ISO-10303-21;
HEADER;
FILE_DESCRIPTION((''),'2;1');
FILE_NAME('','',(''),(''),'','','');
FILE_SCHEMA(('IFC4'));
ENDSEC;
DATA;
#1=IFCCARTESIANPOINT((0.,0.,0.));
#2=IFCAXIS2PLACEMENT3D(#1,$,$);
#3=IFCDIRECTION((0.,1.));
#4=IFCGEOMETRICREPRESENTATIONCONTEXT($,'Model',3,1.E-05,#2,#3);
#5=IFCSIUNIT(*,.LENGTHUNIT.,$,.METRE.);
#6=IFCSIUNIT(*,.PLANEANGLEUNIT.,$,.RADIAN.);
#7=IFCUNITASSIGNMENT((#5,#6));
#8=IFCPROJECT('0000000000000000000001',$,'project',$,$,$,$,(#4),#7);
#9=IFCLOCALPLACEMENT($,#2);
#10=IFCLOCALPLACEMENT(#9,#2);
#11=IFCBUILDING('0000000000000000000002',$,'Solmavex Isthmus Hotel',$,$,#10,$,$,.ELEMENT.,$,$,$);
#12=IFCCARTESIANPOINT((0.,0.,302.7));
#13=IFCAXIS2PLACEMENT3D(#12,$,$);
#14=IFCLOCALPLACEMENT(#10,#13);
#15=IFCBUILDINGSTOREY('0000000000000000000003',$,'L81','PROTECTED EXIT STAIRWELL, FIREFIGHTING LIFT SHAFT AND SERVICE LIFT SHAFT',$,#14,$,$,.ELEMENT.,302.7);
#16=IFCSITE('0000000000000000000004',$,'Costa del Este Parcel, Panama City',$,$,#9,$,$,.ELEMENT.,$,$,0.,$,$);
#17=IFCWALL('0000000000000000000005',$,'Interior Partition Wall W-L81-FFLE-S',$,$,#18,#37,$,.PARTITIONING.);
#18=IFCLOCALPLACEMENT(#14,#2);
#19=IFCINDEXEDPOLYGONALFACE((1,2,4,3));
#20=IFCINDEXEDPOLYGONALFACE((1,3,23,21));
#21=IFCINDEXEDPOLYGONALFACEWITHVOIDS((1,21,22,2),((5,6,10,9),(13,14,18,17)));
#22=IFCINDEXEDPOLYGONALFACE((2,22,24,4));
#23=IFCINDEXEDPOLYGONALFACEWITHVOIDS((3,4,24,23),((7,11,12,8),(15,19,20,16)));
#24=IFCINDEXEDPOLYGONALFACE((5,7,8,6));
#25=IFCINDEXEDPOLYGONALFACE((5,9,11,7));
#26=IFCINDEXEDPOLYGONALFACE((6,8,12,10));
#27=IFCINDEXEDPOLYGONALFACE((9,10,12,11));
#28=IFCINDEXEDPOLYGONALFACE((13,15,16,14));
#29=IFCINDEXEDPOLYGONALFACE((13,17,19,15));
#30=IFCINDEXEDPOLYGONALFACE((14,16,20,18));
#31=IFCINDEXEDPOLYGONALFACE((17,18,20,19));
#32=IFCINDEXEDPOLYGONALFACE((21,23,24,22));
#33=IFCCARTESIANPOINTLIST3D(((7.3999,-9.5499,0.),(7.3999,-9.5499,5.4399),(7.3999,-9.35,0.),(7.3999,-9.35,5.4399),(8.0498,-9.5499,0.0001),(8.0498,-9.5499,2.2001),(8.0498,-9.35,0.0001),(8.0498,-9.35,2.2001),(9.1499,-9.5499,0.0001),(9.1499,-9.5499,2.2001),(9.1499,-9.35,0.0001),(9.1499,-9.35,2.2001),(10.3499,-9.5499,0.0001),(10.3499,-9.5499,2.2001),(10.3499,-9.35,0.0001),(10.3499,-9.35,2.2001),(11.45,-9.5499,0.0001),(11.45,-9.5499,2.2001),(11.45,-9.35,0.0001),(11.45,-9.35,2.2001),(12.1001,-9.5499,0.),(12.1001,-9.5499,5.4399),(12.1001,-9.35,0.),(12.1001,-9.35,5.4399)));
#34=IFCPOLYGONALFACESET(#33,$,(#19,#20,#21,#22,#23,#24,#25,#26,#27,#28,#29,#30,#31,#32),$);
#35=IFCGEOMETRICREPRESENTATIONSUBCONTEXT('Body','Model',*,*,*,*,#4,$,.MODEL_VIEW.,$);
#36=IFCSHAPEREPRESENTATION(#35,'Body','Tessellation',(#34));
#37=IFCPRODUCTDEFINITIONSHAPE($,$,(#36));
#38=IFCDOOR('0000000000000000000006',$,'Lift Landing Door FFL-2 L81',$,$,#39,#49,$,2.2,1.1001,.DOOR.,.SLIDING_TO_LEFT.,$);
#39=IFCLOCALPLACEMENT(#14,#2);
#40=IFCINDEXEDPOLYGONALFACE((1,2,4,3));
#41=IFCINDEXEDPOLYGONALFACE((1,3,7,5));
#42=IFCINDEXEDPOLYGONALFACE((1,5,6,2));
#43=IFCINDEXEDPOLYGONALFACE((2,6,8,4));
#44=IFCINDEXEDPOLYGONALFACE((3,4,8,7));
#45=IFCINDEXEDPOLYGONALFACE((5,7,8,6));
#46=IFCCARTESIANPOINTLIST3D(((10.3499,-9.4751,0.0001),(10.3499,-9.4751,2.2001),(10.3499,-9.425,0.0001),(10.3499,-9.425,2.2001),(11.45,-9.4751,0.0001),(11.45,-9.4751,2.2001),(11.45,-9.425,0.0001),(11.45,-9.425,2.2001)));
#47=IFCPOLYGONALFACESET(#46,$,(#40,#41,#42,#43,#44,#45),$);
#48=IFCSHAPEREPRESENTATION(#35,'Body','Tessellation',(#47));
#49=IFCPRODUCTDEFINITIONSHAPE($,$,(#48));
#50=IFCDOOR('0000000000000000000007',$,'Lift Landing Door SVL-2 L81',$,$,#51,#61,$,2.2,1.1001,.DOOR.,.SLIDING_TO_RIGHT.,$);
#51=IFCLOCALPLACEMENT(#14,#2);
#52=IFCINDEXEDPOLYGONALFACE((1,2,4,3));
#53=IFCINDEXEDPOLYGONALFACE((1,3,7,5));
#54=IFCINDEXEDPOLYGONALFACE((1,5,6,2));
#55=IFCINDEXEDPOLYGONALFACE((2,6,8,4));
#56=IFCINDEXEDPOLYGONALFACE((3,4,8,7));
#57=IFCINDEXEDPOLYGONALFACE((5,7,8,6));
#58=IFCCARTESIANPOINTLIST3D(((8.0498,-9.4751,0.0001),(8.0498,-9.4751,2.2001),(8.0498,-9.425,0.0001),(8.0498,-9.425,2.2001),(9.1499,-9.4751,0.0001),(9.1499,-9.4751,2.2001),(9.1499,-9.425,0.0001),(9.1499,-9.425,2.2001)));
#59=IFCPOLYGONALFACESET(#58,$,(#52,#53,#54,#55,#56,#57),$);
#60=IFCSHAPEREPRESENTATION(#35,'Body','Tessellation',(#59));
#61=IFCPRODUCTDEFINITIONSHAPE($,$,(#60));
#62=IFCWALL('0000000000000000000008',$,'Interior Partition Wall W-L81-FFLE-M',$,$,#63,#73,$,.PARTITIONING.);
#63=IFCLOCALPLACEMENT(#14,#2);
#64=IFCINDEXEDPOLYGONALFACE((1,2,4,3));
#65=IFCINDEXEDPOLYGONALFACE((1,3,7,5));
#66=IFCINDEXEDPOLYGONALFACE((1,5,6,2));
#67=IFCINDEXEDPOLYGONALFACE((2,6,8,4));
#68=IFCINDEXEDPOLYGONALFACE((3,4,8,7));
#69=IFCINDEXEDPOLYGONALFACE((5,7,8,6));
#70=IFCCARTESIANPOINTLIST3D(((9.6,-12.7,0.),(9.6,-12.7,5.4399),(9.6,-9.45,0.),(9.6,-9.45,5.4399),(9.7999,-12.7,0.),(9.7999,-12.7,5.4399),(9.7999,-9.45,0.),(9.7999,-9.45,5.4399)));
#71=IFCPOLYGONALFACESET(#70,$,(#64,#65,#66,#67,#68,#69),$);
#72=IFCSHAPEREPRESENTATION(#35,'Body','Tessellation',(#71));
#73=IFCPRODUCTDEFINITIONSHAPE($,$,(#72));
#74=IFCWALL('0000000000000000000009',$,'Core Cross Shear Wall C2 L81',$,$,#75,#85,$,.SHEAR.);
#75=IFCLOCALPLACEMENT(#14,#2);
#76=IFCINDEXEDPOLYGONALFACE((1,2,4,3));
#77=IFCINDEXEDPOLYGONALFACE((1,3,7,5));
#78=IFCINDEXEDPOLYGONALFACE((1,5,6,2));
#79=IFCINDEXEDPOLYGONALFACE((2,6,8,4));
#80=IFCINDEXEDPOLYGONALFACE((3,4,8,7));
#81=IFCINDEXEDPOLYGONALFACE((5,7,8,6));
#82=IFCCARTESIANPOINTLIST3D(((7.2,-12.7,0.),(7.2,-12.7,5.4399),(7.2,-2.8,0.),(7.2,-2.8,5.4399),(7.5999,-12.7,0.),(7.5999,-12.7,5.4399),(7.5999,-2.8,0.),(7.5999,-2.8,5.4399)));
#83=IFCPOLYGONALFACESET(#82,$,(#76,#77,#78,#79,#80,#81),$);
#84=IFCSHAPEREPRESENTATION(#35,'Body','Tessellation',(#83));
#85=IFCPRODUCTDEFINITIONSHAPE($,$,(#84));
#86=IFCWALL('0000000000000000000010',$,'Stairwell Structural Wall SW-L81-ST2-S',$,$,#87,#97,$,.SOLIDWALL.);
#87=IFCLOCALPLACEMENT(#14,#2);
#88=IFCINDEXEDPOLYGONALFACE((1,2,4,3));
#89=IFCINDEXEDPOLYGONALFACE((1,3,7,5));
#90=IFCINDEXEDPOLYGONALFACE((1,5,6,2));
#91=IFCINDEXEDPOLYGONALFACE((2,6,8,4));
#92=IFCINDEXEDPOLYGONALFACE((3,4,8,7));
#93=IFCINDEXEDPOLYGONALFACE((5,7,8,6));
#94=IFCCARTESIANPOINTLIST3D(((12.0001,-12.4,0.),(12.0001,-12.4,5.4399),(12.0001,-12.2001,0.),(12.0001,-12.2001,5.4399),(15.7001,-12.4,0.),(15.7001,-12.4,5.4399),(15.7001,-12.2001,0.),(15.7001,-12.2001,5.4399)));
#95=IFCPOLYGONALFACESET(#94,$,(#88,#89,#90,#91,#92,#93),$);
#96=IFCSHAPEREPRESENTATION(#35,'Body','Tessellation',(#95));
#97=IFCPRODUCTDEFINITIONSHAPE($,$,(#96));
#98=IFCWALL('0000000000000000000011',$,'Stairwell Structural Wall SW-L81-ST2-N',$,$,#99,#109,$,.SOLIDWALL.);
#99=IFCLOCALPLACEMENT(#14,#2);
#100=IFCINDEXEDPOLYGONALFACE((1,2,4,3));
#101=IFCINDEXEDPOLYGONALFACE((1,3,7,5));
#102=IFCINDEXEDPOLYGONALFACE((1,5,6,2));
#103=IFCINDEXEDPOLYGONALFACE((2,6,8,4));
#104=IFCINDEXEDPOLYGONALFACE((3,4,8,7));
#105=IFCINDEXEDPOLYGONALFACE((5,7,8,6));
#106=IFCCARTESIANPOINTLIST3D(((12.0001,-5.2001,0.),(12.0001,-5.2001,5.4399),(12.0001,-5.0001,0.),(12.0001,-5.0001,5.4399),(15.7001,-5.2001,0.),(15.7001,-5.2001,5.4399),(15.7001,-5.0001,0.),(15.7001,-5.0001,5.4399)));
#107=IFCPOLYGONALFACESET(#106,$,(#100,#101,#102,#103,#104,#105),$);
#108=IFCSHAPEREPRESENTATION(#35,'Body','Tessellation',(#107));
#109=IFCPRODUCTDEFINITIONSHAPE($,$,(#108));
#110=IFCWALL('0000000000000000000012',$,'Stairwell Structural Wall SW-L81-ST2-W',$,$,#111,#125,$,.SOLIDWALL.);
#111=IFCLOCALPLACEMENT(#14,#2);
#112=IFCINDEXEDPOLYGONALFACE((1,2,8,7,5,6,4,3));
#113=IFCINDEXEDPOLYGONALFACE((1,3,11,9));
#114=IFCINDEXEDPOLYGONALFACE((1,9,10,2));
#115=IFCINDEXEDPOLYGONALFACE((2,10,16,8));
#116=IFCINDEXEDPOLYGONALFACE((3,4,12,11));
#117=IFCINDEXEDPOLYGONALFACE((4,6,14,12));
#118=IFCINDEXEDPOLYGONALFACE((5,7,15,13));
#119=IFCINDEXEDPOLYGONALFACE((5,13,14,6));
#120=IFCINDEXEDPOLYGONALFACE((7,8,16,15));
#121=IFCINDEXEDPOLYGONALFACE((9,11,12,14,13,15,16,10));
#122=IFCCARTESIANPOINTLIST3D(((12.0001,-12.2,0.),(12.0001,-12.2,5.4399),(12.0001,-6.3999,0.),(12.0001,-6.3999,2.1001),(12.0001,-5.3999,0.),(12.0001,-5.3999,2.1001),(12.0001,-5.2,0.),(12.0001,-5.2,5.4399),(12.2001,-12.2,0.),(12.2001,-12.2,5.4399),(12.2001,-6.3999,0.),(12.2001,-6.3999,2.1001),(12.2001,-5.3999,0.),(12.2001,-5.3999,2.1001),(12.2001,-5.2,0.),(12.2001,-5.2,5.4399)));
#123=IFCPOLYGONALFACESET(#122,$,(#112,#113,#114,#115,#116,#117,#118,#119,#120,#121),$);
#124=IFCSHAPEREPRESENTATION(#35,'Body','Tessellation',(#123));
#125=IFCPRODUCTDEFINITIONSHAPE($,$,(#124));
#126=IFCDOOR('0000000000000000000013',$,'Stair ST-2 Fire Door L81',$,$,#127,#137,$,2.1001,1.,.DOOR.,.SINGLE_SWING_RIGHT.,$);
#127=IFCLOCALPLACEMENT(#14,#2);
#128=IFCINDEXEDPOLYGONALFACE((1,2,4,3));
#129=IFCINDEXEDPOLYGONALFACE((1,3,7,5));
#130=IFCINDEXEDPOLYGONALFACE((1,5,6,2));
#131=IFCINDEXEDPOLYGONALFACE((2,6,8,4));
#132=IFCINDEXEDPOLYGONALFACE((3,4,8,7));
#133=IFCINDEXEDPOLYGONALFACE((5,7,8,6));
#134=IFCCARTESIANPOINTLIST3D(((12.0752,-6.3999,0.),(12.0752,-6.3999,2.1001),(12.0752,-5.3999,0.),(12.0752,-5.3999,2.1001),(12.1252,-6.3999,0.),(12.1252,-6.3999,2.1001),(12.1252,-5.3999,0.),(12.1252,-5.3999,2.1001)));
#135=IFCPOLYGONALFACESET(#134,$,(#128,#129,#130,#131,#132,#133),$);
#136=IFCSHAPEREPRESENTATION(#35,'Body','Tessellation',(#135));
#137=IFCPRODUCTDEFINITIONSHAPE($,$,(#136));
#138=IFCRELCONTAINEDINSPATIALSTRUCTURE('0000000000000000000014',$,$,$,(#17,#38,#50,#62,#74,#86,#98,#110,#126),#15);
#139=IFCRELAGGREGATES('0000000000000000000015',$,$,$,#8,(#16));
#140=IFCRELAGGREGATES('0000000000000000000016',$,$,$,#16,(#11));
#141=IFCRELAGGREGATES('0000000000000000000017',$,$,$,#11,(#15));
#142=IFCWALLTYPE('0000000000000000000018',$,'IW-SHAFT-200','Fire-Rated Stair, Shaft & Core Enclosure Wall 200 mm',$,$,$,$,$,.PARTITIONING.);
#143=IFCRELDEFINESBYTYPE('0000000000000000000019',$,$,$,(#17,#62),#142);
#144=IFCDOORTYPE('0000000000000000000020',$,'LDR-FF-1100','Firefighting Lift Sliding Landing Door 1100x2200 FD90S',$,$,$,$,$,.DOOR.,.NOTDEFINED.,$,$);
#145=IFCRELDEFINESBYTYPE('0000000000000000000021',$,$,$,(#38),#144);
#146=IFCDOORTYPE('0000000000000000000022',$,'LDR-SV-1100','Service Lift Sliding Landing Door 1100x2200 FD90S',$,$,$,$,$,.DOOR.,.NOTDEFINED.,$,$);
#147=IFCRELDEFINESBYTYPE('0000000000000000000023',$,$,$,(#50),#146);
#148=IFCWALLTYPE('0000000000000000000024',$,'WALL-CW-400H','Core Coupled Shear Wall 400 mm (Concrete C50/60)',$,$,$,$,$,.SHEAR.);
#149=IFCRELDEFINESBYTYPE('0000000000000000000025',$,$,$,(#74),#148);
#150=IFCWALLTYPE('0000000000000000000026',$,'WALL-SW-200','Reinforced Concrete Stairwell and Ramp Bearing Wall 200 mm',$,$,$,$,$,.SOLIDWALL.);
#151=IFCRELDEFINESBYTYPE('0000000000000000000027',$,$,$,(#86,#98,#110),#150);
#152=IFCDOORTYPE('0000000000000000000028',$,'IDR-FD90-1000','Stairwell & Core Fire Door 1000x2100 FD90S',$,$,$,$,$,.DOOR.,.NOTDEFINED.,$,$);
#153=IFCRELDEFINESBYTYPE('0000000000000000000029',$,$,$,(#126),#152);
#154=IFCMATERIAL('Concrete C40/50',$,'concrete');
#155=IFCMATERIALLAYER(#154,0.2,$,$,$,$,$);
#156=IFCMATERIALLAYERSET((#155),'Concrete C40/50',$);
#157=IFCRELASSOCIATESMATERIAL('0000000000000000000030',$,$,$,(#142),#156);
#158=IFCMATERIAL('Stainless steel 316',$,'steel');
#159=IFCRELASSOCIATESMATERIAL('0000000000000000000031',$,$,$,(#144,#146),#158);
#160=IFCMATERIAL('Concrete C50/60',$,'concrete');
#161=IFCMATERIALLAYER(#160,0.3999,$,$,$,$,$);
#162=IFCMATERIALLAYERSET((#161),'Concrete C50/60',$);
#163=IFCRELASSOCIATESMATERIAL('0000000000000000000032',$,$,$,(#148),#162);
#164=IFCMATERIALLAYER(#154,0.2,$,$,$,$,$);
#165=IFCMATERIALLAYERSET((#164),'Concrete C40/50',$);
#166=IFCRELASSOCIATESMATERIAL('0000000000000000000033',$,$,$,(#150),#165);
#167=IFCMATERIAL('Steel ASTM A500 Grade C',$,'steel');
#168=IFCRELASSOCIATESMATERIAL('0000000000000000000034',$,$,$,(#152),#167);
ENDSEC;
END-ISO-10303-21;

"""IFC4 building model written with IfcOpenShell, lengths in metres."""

from ifc_helpers import new_model, si_unit, direction, frame, frame_2d, origin, place, context, subcontext, project, spatial, rectangle, extrude, material, layer, layer_set, type_object, element, fill, save


model = new_model("IFC4")

# Units and contexts
model_context = context("Model", 3, precision=1e-05, world=origin(), true_north=direction((0.0, 1.0)))
body_context = subcontext(model_context, "Body", "Model", "MODEL_VIEW")
ifc_project = project(units=[si_unit("LENGTHUNIT", "METRE"), si_unit("PLANEANGLEUNIT", "RADIAN")], contexts=[model_context])

# Site, building, storey
site_placement = place(None, origin())
site = spatial("IfcSite", under=ifc_project, at=site_placement, Name="Costa del Este Parcel, Panama City", CompositionType="ELEMENT", RefElevation=0.0)
building_placement = place(site_placement, origin())
building = spatial("IfcBuilding", under=site, at=building_placement, Name="Solmavex Isthmus Hotel", CompositionType="ELEMENT")
storey_placement = place(building_placement, frame((0.0, 0.0, 302.7)))
storey = spatial("IfcBuildingStorey", under=building, at=storey_placement, Name="L81", Description="PROTECTED EXIT STAIRWELL, FIREFIGHTING LIFT SHAFT AND SERVICE LIFT SHAFT", CompositionType="ELEMENT", Elevation=302.7)

# Shared definitions
ifc_material_1 = material(Name="Concrete C50/60", Category="concrete")

# Shared definitions
ifc_material_2 = material(Name="Steel ASTM A500 Grade C", Category="steel")

# Shared definitions
ifc_material_3 = material(Name="Concrete C40/50", Category="concrete")
ifc_layer_1 = layer(ifc_material_3, 0.2)
ifc_layer_set_1 = layer_set([ifc_layer_1], Name="Concrete C40/50")
wall_type_1 = type_object("IfcWallType", Name="IW-SHAFT-200", Description="Fire-Rated Stair, Shaft & Core Enclosure Wall 200 mm", PredefinedType="PARTITIONING", material=ifc_layer_set_1)

# Wall, openings, doors
wall_1_placement = place(storey_placement, frame((7.3999, -9.45, 0.0), z_axis=(0.0, 0.0, 1.0), x_axis=(1.0, 0.0, 0.0)))
wall_1 = element("IfcWall", 1, at=wall_1_placement, inside=storey, type_object=wall_type_1, Name="Interior Partition Wall W-L81-FFLE-S", PredefinedType="PARTITIONING", context=body_context, shape_type="SweptSolid", body=[
    extrude(rectangle(XDim=4.7002, YDim=0.2, at=frame_2d((2.3501, 0.0))), origin(), (0.0, 0.0, 1.0), 5.4399),
])
opening_1_placement = place(wall_1_placement, frame((2.95, 0.0, 0.0)))
opening_1 = element("IfcOpeningElement", 2, at=opening_1_placement, cuts=wall_1, PredefinedType="OPENING", context=body_context, shape_type="SweptSolid", body=[
    extrude(rectangle(XDim=1.1001, YDim=2.2, at=frame_2d((0.55, 1.1001))), frame((0.0, 0.1099, 0.0), z_axis=(0.0, -1.0, 0.0), x_axis=(1.0, 0.0, 0.0)), (0.0, 0.0, 1.0), 0.22),
])
opening_2_placement = place(wall_1_placement, frame((0.6499, 0.0, 0.0)))
opening_2 = element("IfcOpeningElement", 3, at=opening_2_placement, cuts=wall_1, PredefinedType="OPENING", context=body_context, shape_type="SweptSolid", body=[
    extrude(rectangle(XDim=1.1001, YDim=2.2, at=frame_2d((0.55, 1.1001))), frame((0.0, 0.1099, 0.0), z_axis=(0.0, -1.0, 0.0), x_axis=(1.0, 0.0, 0.0)), (0.0, 0.0, 1.0), 0.22),
])
ifc_material_4 = material(Name="Stainless steel 316", Category="steel")
door_type_1 = type_object("IfcDoorType", Name="LDR-FF-1100", Description="Firefighting Lift Sliding Landing Door 1100x2200 FD90S", OperationType="NOTDEFINED", PredefinedType="DOOR", material=ifc_material_4)
door_1_placement = place(opening_1_placement, origin())
door_1 = element("IfcDoor", 4, at=door_1_placement, inside=storey, type_object=door_type_1, Name="Lift Landing Door FFL-2 L81", OperationType="SLIDING_TO_LEFT", OverallHeight=2.2, OverallWidth=1.1001, PredefinedType="DOOR", context=body_context, shape_type="SweptSolid", body=[
    extrude(rectangle(XDim=1.1001, YDim=2.2, at=frame_2d((0.55, 1.1001))), frame((0.0, 0.0249, 0.0), z_axis=(0.0, -1.0, 0.0), x_axis=(1.0, 0.0, 0.0)), (0.0, 0.0, 1.0), 0.05),
])
fill(opening_1, door_1)
door_type_2 = type_object("IfcDoorType", Name="LDR-SV-1100", Description="Service Lift Sliding Landing Door 1100x2200 FD90S", OperationType="NOTDEFINED", PredefinedType="DOOR", material=ifc_material_4)
door_2_placement = place(opening_2_placement, origin())
door_2 = element("IfcDoor", 5, at=door_2_placement, inside=storey, type_object=door_type_2, Name="Lift Landing Door SVL-2 L81", OperationType="SLIDING_TO_RIGHT", OverallHeight=2.2, OverallWidth=1.1001, PredefinedType="DOOR", context=body_context, shape_type="SweptSolid", body=[
    extrude(rectangle(XDim=1.1001, YDim=2.2, at=frame_2d((0.55, 1.1001))), frame((0.0, 0.0249, 0.0), z_axis=(0.0, -1.0, 0.0), x_axis=(1.0, 0.0, 0.0)), (0.0, 0.0, 1.0), 0.05),
])
fill(opening_2, door_2)

# Walls
wall_2_placement = place(storey_placement, frame((9.7, -12.7, 0.0), z_axis=(0.0, 0.0, 1.0), x_axis=(0.0, 1.0, 0.0)))
element("IfcWall", 6, at=wall_2_placement, inside=storey, type_object=wall_type_1, Name="Interior Partition Wall W-L81-FFLE-M", PredefinedType="PARTITIONING", context=body_context, shape_type="SweptSolid", body=[
    extrude(rectangle(XDim=3.25, YDim=0.2, at=frame_2d((1.625, 0.0))), origin(), (0.0, 0.0, 1.0), 5.4399),
])
ifc_layer_2 = layer(ifc_material_1, 0.3999)
ifc_layer_set_2 = layer_set([ifc_layer_2], Name="Concrete C50/60")
wall_type_2 = type_object("IfcWallType", Name="WALL-CW-400H", Description="Core Coupled Shear Wall 400 mm (Concrete C50/60)", PredefinedType="SHEAR", material=ifc_layer_set_2)
wall_3_placement = place(storey_placement, frame((7.3999, -12.7, 0.0), z_axis=(0.0, 0.0, 1.0), x_axis=(0.0, 1.0, 0.0)))
element("IfcWall", 7, at=wall_3_placement, inside=storey, type_object=wall_type_2, Name="Core Cross Shear Wall C2 L81", PredefinedType="SHEAR", context=body_context, shape_type="SweptSolid", body=[
    extrude(rectangle(XDim=9.8999, YDim=0.3999, at=frame_2d((4.95, 0.0))), origin(), (0.0, 0.0, 1.0), 5.4399),
])
ifc_layer_3 = layer(ifc_material_3, 0.2)
ifc_layer_set_3 = layer_set([ifc_layer_3], Name="Concrete C40/50")
wall_type_3 = type_object("IfcWallType", Name="WALL-SW-200", Description="Reinforced Concrete Stairwell and Ramp Bearing Wall 200 mm", PredefinedType="SOLIDWALL", material=ifc_layer_set_3)
for number, where, z_axis, x_axis, name in (
    (8, (12.0, -12.3, 0.0), (0.0, 0.0, 1.0), (1.0, 0.0, 0.0), "Stairwell Structural Wall SW-L81-ST2-S"),
    (9, (12.0, -5.1001, 0.0), (0.0, 0.0, 1.0), (1.0, 0.0, 0.0), "Stairwell Structural Wall SW-L81-ST2-N"),
):
    element("IfcWall", number, at=place(storey_placement, frame(where, z_axis=z_axis, x_axis=x_axis)), inside=storey, type_object=wall_type_3, Name=name, PredefinedType="SOLIDWALL", context=body_context, shape_type="SweptSolid", body=[
        extrude(rectangle(XDim=3.7, YDim=0.2, at=frame_2d((1.8501, 0.0))), origin(), (0.0, 0.0, 1.0), 5.4399),
    ])

# Wall, opening, door
wall_4_placement = place(storey_placement, frame((12.1001, -12.2, 0.0), z_axis=(0.0, 0.0, 1.0), x_axis=(0.0, 1.0, 0.0)))
wall_4 = element("IfcWall", 10, at=wall_4_placement, inside=storey, type_object=wall_type_3, Name="Stairwell Structural Wall SW-L81-ST2-W", PredefinedType="SOLIDWALL", context=body_context, shape_type="SweptSolid", body=[
    extrude(rectangle(XDim=7.0, YDim=0.2, at=frame_2d((3.5, 0.0))), origin(), (0.0, 0.0, 1.0), 5.4399),
])
opening_3_placement = place(wall_4_placement, frame((5.8, 0.0, 0.0)))
opening_3 = element("IfcOpeningElement", 11, at=opening_3_placement, cuts=wall_4, PredefinedType="OPENING", context=body_context, shape_type="SweptSolid", body=[
    extrude(rectangle(XDim=1.0, YDim=2.1001, at=frame_2d((0.5, 1.05))), frame((0.0, 0.1099, 0.0), z_axis=(0.0, -1.0, 0.0), x_axis=(1.0, 0.0, 0.0)), (0.0, 0.0, 1.0), 0.22),
])
door_type_3 = type_object("IfcDoorType", Name="IDR-FD90-1000", Description="Stairwell & Core Fire Door 1000x2100 FD90S", OperationType="NOTDEFINED", PredefinedType="DOOR", material=ifc_material_2)
door_3_placement = place(opening_3_placement, origin())
door_3 = element("IfcDoor", 12, at=door_3_placement, inside=storey, type_object=door_type_3, Name="Stair ST-2 Fire Door L81", OperationType="SINGLE_SWING_RIGHT", OverallHeight=2.1001, OverallWidth=1.0, PredefinedType="DOOR", context=body_context, shape_type="SweptSolid", body=[
    extrude(rectangle(XDim=1.0, YDim=2.1001, at=frame_2d((0.5, 1.05))), frame((0.0, 0.0249, 0.0), z_axis=(0.0, -1.0, 0.0), x_axis=(1.0, 0.0, 0.0)), (0.0, 0.0, 1.0), 0.05),
])
fill(opening_3, door_3)

save(model, "model.ifc")
